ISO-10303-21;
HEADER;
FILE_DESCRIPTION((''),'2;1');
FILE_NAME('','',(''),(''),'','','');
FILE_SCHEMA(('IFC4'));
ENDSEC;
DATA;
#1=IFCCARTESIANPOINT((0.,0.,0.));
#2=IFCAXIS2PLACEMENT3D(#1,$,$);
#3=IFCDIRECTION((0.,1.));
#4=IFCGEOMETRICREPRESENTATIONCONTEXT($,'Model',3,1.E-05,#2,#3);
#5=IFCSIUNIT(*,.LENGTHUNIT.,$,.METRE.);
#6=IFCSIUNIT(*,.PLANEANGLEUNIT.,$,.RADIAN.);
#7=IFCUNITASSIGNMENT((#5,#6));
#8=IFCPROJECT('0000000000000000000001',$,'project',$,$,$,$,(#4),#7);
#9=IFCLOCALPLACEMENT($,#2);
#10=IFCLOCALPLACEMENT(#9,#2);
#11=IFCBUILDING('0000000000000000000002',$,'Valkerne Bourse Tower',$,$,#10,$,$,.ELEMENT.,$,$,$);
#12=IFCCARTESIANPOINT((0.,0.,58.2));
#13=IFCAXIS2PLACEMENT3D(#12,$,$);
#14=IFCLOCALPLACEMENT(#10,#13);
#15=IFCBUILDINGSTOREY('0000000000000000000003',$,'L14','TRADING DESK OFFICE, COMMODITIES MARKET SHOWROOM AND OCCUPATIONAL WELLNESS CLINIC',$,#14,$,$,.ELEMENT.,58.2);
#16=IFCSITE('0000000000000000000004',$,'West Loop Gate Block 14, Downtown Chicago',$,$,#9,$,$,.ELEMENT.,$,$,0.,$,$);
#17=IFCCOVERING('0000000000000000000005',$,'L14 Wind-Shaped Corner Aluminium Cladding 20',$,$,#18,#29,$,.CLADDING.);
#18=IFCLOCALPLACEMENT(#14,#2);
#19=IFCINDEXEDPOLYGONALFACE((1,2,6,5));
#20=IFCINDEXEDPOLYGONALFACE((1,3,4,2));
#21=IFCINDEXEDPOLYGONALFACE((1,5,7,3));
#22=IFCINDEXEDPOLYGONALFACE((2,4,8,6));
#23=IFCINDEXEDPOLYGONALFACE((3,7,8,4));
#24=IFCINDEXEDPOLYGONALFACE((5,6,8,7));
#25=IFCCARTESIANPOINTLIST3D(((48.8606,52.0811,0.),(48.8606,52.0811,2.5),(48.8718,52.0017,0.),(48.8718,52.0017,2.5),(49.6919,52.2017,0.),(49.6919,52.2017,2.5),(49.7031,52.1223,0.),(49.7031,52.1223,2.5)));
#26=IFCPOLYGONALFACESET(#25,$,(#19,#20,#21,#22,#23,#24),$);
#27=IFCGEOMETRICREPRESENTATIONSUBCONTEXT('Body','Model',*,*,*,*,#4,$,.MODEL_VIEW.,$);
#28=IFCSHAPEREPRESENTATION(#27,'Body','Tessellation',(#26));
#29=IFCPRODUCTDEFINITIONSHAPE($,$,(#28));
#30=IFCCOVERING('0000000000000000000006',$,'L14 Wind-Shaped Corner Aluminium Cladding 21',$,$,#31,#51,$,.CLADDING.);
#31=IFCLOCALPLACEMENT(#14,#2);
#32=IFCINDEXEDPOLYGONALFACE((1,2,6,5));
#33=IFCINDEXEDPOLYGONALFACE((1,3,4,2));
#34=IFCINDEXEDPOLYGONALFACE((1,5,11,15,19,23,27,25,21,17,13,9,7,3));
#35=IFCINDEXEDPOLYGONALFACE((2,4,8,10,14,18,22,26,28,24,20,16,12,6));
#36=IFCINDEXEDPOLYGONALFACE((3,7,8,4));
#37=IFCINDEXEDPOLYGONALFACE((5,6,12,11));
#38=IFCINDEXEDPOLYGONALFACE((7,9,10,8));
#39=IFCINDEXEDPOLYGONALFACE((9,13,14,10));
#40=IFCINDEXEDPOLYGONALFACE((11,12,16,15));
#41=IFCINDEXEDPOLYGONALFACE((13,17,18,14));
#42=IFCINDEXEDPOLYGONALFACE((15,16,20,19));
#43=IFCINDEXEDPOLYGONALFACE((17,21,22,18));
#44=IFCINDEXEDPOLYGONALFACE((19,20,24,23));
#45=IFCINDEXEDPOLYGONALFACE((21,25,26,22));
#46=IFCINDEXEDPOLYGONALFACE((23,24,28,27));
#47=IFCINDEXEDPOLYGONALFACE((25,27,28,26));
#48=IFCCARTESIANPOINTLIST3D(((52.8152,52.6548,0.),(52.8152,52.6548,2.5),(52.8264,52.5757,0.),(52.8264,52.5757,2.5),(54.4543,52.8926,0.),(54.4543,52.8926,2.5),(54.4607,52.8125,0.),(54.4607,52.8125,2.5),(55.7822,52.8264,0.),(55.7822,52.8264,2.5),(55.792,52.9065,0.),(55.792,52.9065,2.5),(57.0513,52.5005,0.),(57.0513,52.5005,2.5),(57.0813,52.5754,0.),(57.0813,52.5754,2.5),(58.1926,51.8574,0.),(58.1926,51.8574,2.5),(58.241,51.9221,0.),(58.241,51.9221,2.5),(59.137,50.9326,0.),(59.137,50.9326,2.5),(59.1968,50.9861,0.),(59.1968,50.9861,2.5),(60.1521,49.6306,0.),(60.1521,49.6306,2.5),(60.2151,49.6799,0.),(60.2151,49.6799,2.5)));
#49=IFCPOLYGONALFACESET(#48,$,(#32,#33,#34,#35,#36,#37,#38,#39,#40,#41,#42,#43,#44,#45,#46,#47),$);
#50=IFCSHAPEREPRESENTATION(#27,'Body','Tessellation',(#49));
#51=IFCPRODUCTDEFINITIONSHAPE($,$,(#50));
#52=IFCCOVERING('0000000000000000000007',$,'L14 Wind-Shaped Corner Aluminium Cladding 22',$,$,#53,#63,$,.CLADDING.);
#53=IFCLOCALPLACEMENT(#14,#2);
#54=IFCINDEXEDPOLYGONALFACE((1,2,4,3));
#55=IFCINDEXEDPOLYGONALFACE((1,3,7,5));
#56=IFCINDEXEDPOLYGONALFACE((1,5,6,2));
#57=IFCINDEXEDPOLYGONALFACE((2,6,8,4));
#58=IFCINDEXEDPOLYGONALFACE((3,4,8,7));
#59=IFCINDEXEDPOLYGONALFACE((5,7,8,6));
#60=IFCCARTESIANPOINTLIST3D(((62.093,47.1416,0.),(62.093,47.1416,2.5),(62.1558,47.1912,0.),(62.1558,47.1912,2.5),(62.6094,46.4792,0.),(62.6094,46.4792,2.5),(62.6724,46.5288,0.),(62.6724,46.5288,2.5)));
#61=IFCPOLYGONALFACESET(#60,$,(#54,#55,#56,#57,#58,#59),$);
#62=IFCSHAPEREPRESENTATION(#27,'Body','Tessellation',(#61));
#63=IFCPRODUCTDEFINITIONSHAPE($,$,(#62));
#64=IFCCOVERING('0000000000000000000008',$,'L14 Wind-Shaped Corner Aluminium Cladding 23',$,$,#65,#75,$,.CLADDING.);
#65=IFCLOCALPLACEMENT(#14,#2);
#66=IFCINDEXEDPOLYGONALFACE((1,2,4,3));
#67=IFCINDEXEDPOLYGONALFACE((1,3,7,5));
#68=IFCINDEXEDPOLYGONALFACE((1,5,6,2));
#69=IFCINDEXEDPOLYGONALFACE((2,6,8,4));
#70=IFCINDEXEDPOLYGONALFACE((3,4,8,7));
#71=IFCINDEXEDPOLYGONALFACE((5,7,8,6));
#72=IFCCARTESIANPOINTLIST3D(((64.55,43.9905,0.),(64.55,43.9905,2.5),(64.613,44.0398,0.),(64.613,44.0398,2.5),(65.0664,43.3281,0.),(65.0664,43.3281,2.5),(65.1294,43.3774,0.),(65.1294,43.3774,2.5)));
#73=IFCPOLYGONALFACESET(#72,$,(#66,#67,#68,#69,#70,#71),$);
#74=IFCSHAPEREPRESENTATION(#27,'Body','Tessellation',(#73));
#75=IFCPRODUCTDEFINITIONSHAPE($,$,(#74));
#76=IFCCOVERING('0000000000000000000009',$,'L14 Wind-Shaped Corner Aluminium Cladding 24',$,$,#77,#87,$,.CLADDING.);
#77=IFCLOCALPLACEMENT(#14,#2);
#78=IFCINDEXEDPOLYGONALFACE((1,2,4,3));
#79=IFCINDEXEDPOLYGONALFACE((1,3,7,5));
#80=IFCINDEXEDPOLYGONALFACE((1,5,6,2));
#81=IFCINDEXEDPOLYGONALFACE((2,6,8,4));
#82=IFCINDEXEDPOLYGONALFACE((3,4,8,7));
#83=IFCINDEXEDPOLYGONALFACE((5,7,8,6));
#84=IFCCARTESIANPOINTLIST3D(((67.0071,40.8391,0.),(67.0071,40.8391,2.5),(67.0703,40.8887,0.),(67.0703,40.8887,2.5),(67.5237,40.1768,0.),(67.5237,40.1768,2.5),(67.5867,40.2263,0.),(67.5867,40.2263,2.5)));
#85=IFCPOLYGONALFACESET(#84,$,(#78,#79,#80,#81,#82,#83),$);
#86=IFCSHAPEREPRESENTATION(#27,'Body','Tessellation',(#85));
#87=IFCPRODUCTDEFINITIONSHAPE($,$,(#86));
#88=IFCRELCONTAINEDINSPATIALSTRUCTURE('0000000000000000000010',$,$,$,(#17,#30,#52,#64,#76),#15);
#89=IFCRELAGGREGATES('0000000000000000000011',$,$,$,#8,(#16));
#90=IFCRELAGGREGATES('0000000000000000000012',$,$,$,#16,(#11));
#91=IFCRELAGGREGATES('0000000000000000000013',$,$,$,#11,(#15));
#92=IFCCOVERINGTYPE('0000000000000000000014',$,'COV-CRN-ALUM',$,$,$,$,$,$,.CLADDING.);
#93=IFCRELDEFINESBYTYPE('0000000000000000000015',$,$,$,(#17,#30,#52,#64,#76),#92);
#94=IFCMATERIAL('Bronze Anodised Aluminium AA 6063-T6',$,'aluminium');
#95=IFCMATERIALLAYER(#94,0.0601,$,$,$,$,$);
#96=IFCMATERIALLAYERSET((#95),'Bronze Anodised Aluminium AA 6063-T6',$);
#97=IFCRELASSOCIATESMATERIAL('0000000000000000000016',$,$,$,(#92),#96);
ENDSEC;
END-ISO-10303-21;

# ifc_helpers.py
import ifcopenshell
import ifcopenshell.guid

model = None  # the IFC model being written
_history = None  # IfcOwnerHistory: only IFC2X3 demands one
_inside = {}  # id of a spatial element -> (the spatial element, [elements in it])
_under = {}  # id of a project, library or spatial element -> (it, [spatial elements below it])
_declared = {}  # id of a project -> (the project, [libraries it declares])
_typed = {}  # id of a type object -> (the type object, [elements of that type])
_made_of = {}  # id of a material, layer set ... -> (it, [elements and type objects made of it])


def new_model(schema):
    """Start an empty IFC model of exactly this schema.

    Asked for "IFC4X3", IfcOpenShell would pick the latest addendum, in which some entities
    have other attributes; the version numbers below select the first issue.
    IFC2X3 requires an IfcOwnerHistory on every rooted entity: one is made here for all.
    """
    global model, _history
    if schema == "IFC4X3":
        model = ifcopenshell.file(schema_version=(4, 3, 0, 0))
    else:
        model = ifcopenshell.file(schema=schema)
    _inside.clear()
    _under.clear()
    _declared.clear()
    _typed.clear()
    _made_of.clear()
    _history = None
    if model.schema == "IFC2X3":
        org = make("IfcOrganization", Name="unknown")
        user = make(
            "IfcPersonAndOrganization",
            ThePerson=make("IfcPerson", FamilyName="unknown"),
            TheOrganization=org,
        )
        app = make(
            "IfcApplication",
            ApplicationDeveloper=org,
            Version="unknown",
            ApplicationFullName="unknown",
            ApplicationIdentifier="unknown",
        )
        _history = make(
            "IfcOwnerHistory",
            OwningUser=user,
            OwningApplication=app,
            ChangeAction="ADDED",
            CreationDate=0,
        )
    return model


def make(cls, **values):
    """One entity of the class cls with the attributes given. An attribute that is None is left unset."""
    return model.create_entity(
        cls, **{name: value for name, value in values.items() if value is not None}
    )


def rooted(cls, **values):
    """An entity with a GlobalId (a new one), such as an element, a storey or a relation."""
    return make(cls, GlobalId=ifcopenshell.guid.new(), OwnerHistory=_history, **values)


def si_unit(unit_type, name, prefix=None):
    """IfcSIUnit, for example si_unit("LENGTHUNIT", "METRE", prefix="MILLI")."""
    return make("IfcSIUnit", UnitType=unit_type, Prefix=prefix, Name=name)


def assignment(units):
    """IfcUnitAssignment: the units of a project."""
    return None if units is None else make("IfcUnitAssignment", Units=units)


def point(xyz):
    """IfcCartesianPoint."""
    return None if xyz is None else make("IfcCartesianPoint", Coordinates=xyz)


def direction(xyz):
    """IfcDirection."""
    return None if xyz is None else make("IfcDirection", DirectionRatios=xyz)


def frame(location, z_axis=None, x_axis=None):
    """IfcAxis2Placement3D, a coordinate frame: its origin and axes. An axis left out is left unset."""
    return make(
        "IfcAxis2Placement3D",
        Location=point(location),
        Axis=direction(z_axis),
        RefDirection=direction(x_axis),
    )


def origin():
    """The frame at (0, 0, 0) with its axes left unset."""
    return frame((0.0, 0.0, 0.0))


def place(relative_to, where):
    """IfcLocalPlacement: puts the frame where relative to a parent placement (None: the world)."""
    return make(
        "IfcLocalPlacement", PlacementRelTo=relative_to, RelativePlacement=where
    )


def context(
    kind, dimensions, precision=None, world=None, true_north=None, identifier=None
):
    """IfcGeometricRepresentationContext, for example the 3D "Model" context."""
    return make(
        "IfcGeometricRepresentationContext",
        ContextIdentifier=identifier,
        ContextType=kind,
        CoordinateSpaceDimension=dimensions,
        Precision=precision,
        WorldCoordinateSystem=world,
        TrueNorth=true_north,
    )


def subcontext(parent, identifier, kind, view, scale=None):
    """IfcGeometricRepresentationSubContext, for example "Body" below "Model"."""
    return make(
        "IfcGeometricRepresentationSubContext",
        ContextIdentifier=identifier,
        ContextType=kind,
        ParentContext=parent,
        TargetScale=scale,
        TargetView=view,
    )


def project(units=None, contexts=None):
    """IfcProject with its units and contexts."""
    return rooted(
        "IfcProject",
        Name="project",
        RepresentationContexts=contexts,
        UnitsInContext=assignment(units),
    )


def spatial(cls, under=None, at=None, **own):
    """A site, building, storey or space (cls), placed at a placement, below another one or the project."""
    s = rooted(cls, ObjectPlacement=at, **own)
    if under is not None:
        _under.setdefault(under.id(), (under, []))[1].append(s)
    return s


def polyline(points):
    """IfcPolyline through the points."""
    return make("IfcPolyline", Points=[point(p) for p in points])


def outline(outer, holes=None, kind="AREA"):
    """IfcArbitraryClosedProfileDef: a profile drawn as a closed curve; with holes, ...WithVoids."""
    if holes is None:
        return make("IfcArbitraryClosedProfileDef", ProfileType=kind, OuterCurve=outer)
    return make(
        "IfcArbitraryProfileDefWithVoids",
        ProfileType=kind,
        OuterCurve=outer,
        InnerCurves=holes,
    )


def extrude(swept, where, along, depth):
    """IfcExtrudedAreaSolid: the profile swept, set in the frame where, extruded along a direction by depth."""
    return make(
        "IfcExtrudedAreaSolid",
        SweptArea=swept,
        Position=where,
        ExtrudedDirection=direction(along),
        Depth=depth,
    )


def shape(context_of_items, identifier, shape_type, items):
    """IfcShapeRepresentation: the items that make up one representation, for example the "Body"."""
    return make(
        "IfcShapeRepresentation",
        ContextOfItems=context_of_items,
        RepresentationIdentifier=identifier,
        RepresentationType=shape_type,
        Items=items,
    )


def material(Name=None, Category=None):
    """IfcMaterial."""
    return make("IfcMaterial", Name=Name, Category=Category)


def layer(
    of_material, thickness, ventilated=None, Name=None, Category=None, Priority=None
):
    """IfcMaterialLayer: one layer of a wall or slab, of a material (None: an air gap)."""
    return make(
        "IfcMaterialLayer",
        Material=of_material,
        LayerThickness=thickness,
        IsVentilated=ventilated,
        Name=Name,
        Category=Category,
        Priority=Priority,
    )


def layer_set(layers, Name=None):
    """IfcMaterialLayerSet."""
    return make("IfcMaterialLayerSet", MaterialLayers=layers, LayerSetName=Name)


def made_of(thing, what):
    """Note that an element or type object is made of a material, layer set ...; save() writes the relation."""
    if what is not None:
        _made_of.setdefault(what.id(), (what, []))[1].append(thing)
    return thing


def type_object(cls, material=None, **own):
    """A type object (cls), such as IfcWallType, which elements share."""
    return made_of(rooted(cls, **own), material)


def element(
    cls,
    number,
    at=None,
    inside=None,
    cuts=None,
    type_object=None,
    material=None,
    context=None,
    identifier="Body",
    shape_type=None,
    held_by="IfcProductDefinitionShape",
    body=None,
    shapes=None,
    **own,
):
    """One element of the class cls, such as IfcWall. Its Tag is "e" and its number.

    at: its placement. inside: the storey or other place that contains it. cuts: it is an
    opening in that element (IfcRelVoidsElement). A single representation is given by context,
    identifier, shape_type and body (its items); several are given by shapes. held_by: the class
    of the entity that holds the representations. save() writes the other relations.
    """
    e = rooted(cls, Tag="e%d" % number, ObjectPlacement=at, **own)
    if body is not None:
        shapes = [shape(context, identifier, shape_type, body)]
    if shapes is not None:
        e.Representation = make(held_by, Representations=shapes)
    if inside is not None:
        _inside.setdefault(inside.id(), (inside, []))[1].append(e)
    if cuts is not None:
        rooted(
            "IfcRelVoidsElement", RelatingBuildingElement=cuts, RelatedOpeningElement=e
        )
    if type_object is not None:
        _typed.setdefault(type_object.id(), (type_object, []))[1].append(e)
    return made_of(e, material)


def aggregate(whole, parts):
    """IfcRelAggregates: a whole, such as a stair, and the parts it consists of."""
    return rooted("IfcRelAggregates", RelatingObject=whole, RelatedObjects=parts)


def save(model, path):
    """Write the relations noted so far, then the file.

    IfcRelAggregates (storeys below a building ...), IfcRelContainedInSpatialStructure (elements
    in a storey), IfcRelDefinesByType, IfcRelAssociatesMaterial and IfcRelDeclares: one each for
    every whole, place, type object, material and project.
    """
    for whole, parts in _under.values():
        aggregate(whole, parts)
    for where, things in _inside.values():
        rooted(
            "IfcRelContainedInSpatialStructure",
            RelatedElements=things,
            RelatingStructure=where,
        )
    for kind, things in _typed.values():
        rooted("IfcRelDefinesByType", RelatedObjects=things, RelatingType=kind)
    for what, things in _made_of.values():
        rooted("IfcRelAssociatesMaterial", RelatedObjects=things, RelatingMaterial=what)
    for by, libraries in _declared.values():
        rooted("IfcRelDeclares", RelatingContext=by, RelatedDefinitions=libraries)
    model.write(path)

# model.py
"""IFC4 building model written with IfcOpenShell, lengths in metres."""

from ifc_helpers import new_model, si_unit, direction, frame, origin, place, context, subcontext, project, spatial, polyline, outline, extrude, material, layer, layer_set, type_object, element, save


model = new_model("IFC4")

# Units and contexts
model_context = context("Model", 3, precision=1e-05, world=origin(), true_north=direction((0.0, 1.0)))
body_context = subcontext(model_context, "Body", "Model", "MODEL_VIEW")
ifc_project = project(units=[si_unit("LENGTHUNIT", "METRE"), si_unit("PLANEANGLEUNIT", "RADIAN")], contexts=[model_context])

# Site, building, storey
site_placement = place(None, origin())
site = spatial("IfcSite", under=ifc_project, at=site_placement, Name="West Loop Gate Block 14, Downtown Chicago", CompositionType="ELEMENT", RefElevation=0.0)
building_placement = place(site_placement, origin())
building = spatial("IfcBuilding", under=site, at=building_placement, Name="Valkerne Bourse Tower", CompositionType="ELEMENT")
storey_placement = place(building_placement, frame((0.0, 0.0, 58.2)))
storey = spatial("IfcBuildingStorey", under=building, at=storey_placement, Name="L14", Description="TRADING DESK OFFICE, COMMODITIES MARKET SHOWROOM AND OCCUPATIONAL WELLNESS CLINIC", CompositionType="ELEMENT", Elevation=58.2)

# Coverings
ifc_material_1 = material(Name="Bronze Anodised Aluminium AA 6063-T6", Category="aluminium")
ifc_layer_1 = layer(ifc_material_1, 0.0601)
ifc_layer_set_1 = layer_set([ifc_layer_1], Name="Bronze Anodised Aluminium AA 6063-T6")
covering_type = type_object("IfcCoveringType", Name="COV-CRN-ALUM", PredefinedType="CLADDING", material=ifc_layer_set_1)
covering_1_placement = place(storey_placement, origin())
element("IfcCovering", 1, at=covering_1_placement, inside=storey, type_object=covering_type, Name="L14 Wind-Shaped Corner Aluminium Cladding 20", PredefinedType="CLADDING", context=body_context, shape_type="SweptSolid", body=[
    extrude(outline(polyline([(49.6919, 52.2017), (49.7031, 52.1223), (48.8718, 52.0017), (48.8606, 52.0811), (49.6919, 52.2017)])), origin(), (0.0, 0.0, 1.0), 2.5),
])
covering_2_placement = place(storey_placement, origin())
element("IfcCovering", 2, at=covering_2_placement, inside=storey, type_object=covering_type, Name="L14 Wind-Shaped Corner Aluminium Cladding 21", PredefinedType="CLADDING", context=body_context, shape_type="SweptSolid", body=[
    extrude(outline(polyline([(54.4543, 52.8926), (55.792, 52.9065), (57.0813, 52.5754), (58.241, 51.9221), (59.1968, 50.9861), (60.2151, 49.6799), (60.1521, 49.6306), (59.137, 50.9326), (58.1926, 51.8574), (57.0513, 52.5005), (55.7822, 52.8264), (54.4607, 52.8125), (52.8264, 52.5757), (52.8152, 52.6548), (54.4543, 52.8926)])), origin(), (0.0, 0.0, 1.0), 2.5),
])
covering_3_placement = place(storey_placement, origin())
element("IfcCovering", 3, at=covering_3_placement, inside=storey, type_object=covering_type, Name="L14 Wind-Shaped Corner Aluminium Cladding 22", PredefinedType="CLADDING", context=body_context, shape_type="SweptSolid", body=[
    extrude(outline(polyline([(62.6724, 46.5288), (62.6094, 46.4792), (62.093, 47.1416), (62.1558, 47.1912), (62.6724, 46.5288)])), origin(), (0.0, 0.0, 1.0), 2.5),
])
covering_4_placement = place(storey_placement, origin())
element("IfcCovering", 4, at=covering_4_placement, inside=storey, type_object=covering_type, Name="L14 Wind-Shaped Corner Aluminium Cladding 23", PredefinedType="CLADDING", context=body_context, shape_type="SweptSolid", body=[
    extrude(outline(polyline([(65.1294, 43.3774), (65.0664, 43.3281), (64.55, 43.9905), (64.613, 44.0398), (65.1294, 43.3774)])), origin(), (0.0, 0.0, 1.0), 2.5),
])
covering_5_placement = place(storey_placement, origin())
element("IfcCovering", 5, at=covering_5_placement, inside=storey, type_object=covering_type, Name="L14 Wind-Shaped Corner Aluminium Cladding 24", PredefinedType="CLADDING", context=body_context, shape_type="SweptSolid", body=[
    extrude(outline(polyline([(67.5867, 40.2263), (67.5237, 40.1768), (67.0071, 40.8391), (67.0703, 40.8887), (67.5867, 40.2263)])), origin(), (0.0, 0.0, 1.0), 2.5),
])

save(model, "model.ifc")
